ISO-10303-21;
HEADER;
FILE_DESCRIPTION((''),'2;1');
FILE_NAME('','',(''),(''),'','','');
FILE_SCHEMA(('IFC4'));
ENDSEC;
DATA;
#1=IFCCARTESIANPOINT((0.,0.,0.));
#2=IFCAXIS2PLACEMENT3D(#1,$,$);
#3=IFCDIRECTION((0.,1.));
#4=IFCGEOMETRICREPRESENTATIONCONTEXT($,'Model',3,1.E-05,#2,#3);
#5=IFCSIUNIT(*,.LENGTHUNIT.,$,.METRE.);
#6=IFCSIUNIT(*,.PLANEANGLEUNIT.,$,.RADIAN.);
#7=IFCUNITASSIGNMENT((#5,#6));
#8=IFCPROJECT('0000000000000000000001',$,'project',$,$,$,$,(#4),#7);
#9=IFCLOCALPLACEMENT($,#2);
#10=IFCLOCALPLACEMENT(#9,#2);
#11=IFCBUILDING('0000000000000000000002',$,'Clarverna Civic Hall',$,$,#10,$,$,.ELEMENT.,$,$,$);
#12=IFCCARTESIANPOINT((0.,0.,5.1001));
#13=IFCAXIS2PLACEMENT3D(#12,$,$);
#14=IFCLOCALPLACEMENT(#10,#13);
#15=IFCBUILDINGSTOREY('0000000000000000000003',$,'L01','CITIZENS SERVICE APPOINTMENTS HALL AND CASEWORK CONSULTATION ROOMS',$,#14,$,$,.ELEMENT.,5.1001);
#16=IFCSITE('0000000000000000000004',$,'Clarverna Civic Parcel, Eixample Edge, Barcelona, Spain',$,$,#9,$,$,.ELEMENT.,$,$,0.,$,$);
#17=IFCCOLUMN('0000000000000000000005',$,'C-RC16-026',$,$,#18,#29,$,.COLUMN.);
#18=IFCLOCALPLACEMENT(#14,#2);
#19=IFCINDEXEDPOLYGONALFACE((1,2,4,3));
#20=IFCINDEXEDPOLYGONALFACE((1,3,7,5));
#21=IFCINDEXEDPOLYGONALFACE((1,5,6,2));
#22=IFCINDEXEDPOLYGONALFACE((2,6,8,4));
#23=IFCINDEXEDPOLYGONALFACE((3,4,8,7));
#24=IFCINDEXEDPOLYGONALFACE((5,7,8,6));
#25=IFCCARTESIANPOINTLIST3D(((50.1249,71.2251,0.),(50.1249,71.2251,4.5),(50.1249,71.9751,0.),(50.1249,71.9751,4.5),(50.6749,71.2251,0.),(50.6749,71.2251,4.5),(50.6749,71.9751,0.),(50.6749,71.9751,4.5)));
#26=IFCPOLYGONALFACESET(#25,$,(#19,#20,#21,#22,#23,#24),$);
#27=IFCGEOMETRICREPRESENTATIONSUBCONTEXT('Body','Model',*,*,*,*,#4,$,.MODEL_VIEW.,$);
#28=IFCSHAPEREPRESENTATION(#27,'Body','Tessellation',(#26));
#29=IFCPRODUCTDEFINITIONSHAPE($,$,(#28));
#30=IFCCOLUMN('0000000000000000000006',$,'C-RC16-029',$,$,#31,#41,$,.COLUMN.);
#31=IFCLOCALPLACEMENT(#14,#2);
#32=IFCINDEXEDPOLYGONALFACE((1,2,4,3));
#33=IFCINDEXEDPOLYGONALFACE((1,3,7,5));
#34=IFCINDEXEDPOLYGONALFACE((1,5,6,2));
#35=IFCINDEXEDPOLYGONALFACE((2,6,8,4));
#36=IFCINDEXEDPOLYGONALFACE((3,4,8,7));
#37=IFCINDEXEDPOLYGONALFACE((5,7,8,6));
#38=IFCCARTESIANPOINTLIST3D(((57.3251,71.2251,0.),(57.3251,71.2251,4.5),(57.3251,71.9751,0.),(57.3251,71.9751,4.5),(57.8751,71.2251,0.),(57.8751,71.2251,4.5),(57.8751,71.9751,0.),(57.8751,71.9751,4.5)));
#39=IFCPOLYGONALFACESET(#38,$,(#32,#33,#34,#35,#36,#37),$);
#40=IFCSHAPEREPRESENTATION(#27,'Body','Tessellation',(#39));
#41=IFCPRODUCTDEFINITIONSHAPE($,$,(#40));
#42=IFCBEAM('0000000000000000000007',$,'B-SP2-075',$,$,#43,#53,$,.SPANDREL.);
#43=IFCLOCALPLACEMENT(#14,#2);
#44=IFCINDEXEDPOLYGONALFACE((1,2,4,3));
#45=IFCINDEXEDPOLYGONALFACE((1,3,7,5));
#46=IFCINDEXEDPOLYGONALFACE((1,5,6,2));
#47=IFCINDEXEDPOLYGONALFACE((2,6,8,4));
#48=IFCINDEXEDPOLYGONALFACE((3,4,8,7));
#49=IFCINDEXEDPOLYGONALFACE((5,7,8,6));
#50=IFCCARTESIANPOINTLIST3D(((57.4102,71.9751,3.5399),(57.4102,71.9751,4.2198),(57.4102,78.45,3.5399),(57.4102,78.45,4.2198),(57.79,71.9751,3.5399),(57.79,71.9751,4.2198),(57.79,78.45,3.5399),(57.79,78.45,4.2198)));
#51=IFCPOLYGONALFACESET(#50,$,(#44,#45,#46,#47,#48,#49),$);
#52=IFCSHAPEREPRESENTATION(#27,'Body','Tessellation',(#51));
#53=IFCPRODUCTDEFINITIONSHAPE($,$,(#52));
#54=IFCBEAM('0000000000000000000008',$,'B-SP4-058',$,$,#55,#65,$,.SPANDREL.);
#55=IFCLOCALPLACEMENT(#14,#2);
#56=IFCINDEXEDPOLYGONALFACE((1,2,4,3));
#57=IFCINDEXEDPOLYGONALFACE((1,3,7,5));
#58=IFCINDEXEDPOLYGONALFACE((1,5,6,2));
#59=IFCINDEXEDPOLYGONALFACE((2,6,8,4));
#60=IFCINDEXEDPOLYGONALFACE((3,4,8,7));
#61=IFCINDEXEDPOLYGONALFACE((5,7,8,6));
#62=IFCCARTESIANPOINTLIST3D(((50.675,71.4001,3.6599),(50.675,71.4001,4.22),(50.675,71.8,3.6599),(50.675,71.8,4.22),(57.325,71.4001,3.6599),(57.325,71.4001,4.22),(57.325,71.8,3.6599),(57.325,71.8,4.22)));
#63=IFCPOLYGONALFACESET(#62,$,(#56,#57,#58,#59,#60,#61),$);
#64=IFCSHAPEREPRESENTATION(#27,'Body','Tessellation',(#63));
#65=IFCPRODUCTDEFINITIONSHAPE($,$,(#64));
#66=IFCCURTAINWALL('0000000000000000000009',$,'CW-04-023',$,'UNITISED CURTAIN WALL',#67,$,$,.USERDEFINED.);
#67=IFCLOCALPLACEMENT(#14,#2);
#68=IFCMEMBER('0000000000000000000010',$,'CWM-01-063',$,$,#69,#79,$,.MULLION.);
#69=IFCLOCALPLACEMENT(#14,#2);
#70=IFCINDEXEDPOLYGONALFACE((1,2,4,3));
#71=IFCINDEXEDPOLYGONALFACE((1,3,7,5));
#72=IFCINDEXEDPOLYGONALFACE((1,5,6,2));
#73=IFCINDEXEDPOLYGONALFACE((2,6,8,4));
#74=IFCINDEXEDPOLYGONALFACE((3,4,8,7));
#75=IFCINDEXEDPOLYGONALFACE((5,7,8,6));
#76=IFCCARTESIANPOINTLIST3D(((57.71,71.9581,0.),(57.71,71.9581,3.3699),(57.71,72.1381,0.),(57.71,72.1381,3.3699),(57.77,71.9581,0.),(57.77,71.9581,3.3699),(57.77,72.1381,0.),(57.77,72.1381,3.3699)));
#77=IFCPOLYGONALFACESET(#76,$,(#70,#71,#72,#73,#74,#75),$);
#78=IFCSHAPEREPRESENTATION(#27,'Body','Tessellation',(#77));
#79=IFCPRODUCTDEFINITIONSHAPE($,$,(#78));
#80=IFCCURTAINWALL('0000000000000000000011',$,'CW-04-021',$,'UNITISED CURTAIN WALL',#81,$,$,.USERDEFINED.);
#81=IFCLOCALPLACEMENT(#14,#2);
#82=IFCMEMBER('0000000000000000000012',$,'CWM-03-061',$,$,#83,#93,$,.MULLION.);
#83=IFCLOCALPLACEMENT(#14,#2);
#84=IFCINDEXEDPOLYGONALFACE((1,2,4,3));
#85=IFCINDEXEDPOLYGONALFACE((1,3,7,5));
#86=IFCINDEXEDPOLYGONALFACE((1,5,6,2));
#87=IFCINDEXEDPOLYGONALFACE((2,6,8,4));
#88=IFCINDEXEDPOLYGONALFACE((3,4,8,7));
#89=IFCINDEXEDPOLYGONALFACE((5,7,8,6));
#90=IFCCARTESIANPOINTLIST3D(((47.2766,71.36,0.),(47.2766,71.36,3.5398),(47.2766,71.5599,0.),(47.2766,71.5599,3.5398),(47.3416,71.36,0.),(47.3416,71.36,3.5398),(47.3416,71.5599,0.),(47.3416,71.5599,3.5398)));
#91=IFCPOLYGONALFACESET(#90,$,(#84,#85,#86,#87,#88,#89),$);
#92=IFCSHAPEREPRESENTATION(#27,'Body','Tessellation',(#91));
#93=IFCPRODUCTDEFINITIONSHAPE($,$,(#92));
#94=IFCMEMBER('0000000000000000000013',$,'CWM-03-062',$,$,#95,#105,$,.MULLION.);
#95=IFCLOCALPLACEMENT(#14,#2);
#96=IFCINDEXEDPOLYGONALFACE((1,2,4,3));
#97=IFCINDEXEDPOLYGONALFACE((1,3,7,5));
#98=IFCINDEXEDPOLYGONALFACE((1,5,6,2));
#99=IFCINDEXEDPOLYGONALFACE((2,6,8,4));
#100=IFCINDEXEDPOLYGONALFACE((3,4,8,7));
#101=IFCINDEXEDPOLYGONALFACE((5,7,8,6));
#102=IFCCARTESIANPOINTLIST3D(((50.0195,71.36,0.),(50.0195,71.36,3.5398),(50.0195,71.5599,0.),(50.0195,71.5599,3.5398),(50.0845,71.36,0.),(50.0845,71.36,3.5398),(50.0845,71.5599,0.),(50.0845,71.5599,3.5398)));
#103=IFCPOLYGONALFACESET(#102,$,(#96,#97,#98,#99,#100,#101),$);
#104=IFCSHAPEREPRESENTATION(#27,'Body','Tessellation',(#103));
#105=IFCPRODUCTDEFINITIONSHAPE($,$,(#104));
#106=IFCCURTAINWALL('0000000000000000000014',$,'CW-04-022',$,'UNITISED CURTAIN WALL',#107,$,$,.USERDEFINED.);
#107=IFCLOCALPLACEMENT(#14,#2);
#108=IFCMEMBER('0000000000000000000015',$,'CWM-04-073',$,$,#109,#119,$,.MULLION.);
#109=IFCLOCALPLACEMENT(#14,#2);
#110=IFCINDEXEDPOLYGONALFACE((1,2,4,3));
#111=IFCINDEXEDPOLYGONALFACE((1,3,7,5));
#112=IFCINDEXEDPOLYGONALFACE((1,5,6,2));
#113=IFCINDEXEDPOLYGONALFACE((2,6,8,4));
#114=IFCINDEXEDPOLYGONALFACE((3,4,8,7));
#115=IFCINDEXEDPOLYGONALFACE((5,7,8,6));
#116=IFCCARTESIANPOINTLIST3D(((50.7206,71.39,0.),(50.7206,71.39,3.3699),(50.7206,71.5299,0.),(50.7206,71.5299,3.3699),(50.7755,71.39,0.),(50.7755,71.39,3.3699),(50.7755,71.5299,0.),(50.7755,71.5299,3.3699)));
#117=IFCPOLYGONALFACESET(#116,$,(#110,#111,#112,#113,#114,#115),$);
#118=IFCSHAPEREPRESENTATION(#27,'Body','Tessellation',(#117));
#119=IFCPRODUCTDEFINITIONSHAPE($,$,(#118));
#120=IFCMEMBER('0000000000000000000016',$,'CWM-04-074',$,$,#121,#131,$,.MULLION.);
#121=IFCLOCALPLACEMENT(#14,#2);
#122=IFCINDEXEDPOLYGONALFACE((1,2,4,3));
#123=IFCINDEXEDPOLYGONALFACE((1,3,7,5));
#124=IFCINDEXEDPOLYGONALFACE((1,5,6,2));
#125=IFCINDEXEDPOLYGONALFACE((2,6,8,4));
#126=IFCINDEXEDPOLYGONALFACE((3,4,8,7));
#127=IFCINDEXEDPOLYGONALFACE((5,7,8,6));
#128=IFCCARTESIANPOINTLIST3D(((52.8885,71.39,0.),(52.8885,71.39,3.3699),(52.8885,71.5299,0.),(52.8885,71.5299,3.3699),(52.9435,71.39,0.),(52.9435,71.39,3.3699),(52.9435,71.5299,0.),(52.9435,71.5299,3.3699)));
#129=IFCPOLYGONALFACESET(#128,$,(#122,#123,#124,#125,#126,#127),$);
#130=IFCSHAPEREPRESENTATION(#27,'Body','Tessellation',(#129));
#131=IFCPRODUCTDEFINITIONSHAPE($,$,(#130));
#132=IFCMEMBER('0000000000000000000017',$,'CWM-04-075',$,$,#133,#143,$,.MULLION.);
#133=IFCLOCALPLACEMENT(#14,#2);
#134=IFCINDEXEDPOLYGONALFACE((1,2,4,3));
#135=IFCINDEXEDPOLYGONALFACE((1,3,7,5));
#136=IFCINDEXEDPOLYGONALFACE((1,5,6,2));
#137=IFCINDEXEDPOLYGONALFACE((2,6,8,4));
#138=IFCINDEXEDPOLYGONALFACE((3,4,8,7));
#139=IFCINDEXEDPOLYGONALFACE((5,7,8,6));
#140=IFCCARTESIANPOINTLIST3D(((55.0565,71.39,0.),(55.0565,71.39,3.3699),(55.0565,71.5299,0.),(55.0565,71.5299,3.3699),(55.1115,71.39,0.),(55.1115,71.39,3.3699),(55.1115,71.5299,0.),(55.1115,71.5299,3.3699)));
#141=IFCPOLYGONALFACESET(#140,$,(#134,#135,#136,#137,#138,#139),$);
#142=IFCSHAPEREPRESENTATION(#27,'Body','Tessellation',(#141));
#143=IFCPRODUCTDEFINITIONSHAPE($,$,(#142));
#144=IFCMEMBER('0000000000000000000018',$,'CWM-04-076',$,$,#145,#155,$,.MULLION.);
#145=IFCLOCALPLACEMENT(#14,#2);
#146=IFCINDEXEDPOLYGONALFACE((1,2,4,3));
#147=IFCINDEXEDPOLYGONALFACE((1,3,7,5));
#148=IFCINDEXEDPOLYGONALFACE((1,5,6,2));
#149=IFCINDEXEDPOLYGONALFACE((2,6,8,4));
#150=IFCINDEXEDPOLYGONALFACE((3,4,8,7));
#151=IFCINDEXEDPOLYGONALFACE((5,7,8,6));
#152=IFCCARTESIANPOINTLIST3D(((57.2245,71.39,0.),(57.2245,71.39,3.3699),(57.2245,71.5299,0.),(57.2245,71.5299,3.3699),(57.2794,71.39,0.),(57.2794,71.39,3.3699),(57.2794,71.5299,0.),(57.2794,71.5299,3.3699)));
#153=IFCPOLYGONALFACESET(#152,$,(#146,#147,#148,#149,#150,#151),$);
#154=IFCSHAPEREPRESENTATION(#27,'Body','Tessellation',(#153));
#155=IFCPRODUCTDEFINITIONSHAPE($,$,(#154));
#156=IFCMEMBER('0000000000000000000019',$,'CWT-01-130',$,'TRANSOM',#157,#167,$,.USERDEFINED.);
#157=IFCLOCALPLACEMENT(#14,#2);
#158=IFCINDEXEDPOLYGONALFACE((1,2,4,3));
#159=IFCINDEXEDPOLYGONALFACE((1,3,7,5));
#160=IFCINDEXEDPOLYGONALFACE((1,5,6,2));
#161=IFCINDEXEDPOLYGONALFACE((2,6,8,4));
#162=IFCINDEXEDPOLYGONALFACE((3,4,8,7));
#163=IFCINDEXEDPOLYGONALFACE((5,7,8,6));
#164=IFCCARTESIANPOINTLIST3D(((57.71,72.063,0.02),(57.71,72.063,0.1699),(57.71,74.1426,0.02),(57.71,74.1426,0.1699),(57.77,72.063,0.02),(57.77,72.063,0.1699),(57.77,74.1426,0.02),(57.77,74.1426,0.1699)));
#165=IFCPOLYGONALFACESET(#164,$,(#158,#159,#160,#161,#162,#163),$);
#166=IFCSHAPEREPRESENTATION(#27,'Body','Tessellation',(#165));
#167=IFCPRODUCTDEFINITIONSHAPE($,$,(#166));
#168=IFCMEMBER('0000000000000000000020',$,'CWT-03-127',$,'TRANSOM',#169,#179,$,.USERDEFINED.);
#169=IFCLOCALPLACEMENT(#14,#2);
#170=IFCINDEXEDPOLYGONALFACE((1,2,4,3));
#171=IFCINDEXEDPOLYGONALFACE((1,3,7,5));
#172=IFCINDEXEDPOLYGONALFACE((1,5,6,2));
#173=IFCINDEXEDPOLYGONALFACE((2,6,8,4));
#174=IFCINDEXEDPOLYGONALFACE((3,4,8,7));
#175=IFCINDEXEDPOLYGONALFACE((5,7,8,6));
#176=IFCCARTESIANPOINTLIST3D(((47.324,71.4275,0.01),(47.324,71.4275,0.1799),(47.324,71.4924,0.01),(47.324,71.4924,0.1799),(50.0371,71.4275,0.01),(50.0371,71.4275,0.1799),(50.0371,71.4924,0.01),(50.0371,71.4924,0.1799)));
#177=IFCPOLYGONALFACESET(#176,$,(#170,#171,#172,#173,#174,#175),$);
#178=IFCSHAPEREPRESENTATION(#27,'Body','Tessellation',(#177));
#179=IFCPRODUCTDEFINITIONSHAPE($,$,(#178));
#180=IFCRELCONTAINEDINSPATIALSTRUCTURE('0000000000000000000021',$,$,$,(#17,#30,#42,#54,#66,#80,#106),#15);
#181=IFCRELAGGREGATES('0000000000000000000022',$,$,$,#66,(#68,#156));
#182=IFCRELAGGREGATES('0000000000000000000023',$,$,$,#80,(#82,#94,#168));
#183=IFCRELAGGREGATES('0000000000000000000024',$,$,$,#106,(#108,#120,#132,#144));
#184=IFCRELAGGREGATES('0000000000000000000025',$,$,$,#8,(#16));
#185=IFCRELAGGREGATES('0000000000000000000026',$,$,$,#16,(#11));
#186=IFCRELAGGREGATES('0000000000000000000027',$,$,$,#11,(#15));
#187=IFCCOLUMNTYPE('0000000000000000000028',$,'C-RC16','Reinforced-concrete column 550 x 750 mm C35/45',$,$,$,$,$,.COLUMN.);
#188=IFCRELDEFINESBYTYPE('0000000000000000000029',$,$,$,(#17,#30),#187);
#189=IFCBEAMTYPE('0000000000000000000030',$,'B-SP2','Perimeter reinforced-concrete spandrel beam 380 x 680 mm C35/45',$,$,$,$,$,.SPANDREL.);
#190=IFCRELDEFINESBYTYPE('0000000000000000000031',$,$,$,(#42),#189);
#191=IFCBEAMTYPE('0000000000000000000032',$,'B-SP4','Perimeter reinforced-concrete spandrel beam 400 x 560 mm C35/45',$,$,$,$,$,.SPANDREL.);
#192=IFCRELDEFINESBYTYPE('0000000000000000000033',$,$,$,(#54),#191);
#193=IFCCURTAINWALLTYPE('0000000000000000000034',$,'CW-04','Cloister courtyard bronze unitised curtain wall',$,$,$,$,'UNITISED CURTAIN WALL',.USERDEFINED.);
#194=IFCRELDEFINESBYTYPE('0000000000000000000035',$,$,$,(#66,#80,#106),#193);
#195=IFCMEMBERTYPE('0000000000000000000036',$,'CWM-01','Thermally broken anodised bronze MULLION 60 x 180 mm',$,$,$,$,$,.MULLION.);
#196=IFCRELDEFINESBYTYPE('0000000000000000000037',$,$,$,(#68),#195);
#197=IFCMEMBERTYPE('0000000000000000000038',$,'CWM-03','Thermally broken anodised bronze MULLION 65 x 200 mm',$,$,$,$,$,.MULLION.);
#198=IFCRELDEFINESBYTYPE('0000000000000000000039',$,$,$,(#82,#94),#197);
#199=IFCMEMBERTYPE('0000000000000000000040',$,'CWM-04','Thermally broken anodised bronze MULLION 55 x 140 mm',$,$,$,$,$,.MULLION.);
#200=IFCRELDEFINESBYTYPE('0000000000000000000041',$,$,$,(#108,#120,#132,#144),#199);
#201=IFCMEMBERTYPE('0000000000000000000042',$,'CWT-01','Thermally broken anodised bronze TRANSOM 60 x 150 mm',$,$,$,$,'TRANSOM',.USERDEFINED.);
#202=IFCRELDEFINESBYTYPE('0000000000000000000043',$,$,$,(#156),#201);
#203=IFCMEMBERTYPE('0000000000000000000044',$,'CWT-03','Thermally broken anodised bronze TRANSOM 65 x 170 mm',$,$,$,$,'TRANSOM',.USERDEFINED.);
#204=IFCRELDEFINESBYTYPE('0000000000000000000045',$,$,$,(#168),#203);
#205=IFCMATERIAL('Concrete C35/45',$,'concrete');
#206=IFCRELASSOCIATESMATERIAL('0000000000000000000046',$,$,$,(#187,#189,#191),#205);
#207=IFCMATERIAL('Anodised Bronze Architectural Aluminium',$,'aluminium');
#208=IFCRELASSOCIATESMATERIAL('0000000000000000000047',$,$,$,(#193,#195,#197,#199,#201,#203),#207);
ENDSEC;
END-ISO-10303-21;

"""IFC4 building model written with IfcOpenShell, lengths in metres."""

from ifc_helpers import new_model, si_unit, direction, frame, origin, origin_2d, place, context, subcontext, project, spatial, rectangle, extrude, material, material_profile, profile_set, type_object, element, aggregate, save


model = new_model("IFC4")

# Units and contexts
model_context = context("Model", 3, precision=1e-05, world=origin(), true_north=direction((0.0, 1.0)))
body_context = subcontext(model_context, "Body", "Model", "MODEL_VIEW")
ifc_project = project(units=[si_unit("LENGTHUNIT", "METRE"), si_unit("PLANEANGLEUNIT", "RADIAN")], contexts=[model_context])

# Site, building, storey
site_placement = place(None, origin())
site = spatial("IfcSite", under=ifc_project, at=site_placement, Name="Clarverna Civic Parcel, Eixample Edge, Barcelona, Spain", CompositionType="ELEMENT", RefElevation=0.0)
building_placement = place(site_placement, origin())
building = spatial("IfcBuilding", under=site, at=building_placement, Name="Clarverna Civic Hall", CompositionType="ELEMENT")
storey_placement = place(building_placement, frame((0.0, 0.0, 5.1001)))
storey = spatial("IfcBuildingStorey", under=building, at=storey_placement, Name="L01", Description="CITIZENS SERVICE APPOINTMENTS HALL AND CASEWORK CONSULTATION ROOMS", CompositionType="ELEMENT", Elevation=5.1001)

# Columns
ifc_material_1 = material(Name="Concrete C35/45", Category="concrete")
ifc_material_profile_1 = material_profile(ifc_material_1, rectangle(XDim=0.55, YDim=0.75, at=origin_2d()), Name="RC 550x750")
ifc_profile_set_1 = profile_set([ifc_material_profile_1], Name="Concrete C35/45")
column_type = type_object("IfcColumnType", Name="C-RC16", Description="Reinforced-concrete column 550 x 750 mm C35/45", PredefinedType="COLUMN", material=ifc_profile_set_1)
for number, where, z_axis, x_axis, name in (
    (1, (50.3999, 71.6001, 0.0), (0.0, 0.0, 1.0), (1.0, 0.0, 0.0), "C-RC16-026"),
    (2, (57.6001, 71.6001, 0.0), (0.0, 0.0, 1.0), (1.0, 0.0, 0.0), "C-RC16-029"),
):
    element("IfcColumn", number, at=place(storey_placement, frame(where, z_axis=z_axis, x_axis=x_axis)), inside=storey, type_object=column_type, Name=name, PredefinedType="COLUMN", context=body_context, shape_type="SweptSolid", body=[
        extrude(rectangle(XDim=0.55, YDim=0.75, at=origin_2d()), origin(), (0.0, 0.0, 1.0), 4.5),
    ])

# Beams
ifc_material_profile_2 = material_profile(ifc_material_1, rectangle(XDim=0.3799, YDim=0.6799, at=origin_2d()), Name="RC 380x680")
ifc_profile_set_2 = profile_set([ifc_material_profile_2], Name="Concrete C35/45")
beam_type_1 = type_object("IfcBeamType", Name="B-SP2", Description="Perimeter reinforced-concrete spandrel beam 380 x 680 mm C35/45", PredefinedType="SPANDREL", material=ifc_profile_set_2)
beam_1_placement = place(storey_placement, frame((57.6001, 71.9751, 3.8799), z_axis=(0.0, 1.0, 0.0), x_axis=(-1.0, 0.0, 0.0)))
element("IfcBeam", 3, at=beam_1_placement, inside=storey, type_object=beam_type_1, Name="B-SP2-075", PredefinedType="SPANDREL", context=body_context, shape_type="SweptSolid", body=[
    extrude(rectangle(XDim=0.3799, YDim=0.6799, at=origin_2d()), origin(), (0.0, 0.0, 1.0), 6.4749),
])
ifc_material_profile_3 = material_profile(ifc_material_1, rectangle(XDim=0.3999, YDim=0.5601, at=origin_2d()), Name="RC 400x560")
ifc_profile_set_3 = profile_set([ifc_material_profile_3], Name="Concrete C35/45")
beam_type_2 = type_object("IfcBeamType", Name="B-SP4", Description="Perimeter reinforced-concrete spandrel beam 400 x 560 mm C35/45", PredefinedType="SPANDREL", material=ifc_profile_set_3)
beam_2_placement = place(storey_placement, frame((50.675, 71.6001, 3.9399), z_axis=(1.0, 0.0, 0.0), x_axis=(0.0, 1.0, 0.0)))
element("IfcBeam", 4, at=beam_2_placement, inside=storey, type_object=beam_type_2, Name="B-SP4-058", PredefinedType="SPANDREL", context=body_context, shape_type="SweptSolid", body=[
    extrude(rectangle(XDim=0.3999, YDim=0.5601, at=origin_2d()), origin(), (0.0, 0.0, 1.0), 6.6499),
])

# Curtain wall, member
ifc_material_2 = material(Name="Anodised Bronze Architectural Aluminium", Category="aluminium")
curtain_wall_type = type_object("IfcCurtainWallType", Name="CW-04", Description="Cloister courtyard bronze unitised curtain wall", ElementType="UNITISED CURTAIN WALL", PredefinedType="USERDEFINED", material=ifc_material_2)
curtain_wall_1_placement = place(storey_placement, origin())
curtain_wall_1 = element("IfcCurtainWall", 5, at=curtain_wall_1_placement, inside=storey, type_object=curtain_wall_type, Name="CW-04-023", ObjectType="UNITISED CURTAIN WALL", PredefinedType="USERDEFINED")
ifc_material_profile_4 = material_profile(ifc_material_2, rectangle(XDim=0.0601, YDim=0.1799, at=origin_2d()), Name="BRONZE 60x180")
ifc_profile_set_4 = profile_set([ifc_material_profile_4], Name="Anodised Bronze Architectural Aluminium")
member_type_1 = type_object("IfcMemberType", Name="CWM-01", Description="Thermally broken anodised bronze MULLION 60 x 180 mm", PredefinedType="MULLION", material=ifc_profile_set_4)
member_1_placement = place(storey_placement, frame((57.74, 72.0481, 0.0), z_axis=(0.0, 0.0, 1.0), x_axis=(1.0, 0.0, 0.0)))
member_1 = element("IfcMember", 6, at=member_1_placement, type_object=member_type_1, Name="CWM-01-063", PredefinedType="MULLION", context=body_context, shape_type="SweptSolid", body=[
    extrude(rectangle(XDim=0.0601, YDim=0.1799, at=origin_2d()), origin(), (0.0, 0.0, 1.0), 3.3699),
])

# Curtain walls, members
curtain_wall_2_placement = place(storey_placement, origin())
curtain_wall_2 = element("IfcCurtainWall", 7, at=curtain_wall_2_placement, inside=storey, type_object=curtain_wall_type, Name="CW-04-021", ObjectType="UNITISED CURTAIN WALL", PredefinedType="USERDEFINED")
ifc_material_profile_5 = material_profile(ifc_material_2, rectangle(XDim=0.0649, YDim=0.2, at=origin_2d()), Name="BRONZE 65x200")
ifc_profile_set_5 = profile_set([ifc_material_profile_5], Name="Anodised Bronze Architectural Aluminium")
member_type_2 = type_object("IfcMemberType", Name="CWM-03", Description="Thermally broken anodised bronze MULLION 65 x 200 mm", PredefinedType="MULLION", material=ifc_profile_set_5)
member_2_placement = place(storey_placement, frame((47.3091, 71.46, 0.0), z_axis=(0.0, 0.0, 1.0), x_axis=(1.0, 0.0, 0.0)))
member_2 = element("IfcMember", 8, at=member_2_placement, type_object=member_type_2, Name="CWM-03-061", PredefinedType="MULLION", context=body_context, shape_type="SweptSolid", body=[
    extrude(rectangle(XDim=0.0649, YDim=0.2, at=origin_2d()), origin(), (0.0, 0.0, 1.0), 3.5398),
])
member_3_placement = place(storey_placement, frame((50.052, 71.46, 0.0), z_axis=(0.0, 0.0, 1.0), x_axis=(1.0, 0.0, 0.0)))
member_3 = element("IfcMember", 9, at=member_3_placement, type_object=member_type_2, Name="CWM-03-062", PredefinedType="MULLION", context=body_context, shape_type="SweptSolid", body=[
    extrude(rectangle(XDim=0.0649, YDim=0.2, at=origin_2d()), origin(), (0.0, 0.0, 1.0), 3.5398),
])
curtain_wall_3_placement = place(storey_placement, origin())
curtain_wall_3 = element("IfcCurtainWall", 10, at=curtain_wall_3_placement, inside=storey, type_object=curtain_wall_type, Name="CW-04-022", ObjectType="UNITISED CURTAIN WALL", PredefinedType="USERDEFINED")
ifc_material_profile_6 = material_profile(ifc_material_2, rectangle(XDim=0.0549, YDim=0.1399, at=origin_2d()), Name="BRONZE 55x140")
ifc_profile_set_6 = profile_set([ifc_material_profile_6], Name="Anodised Bronze Architectural Aluminium")
member_type_3 = type_object("IfcMemberType", Name="CWM-04", Description="Thermally broken anodised bronze MULLION 55 x 140 mm", PredefinedType="MULLION", material=ifc_profile_set_6)
member_4_placement = place(storey_placement, frame((50.748, 71.46, 0.0), z_axis=(0.0, 0.0, 1.0), x_axis=(1.0, 0.0, 0.0)))
member_4 = element("IfcMember", 11, at=member_4_placement, type_object=member_type_3, Name="CWM-04-073", PredefinedType="MULLION", context=body_context, shape_type="SweptSolid", body=[
    extrude(rectangle(XDim=0.0549, YDim=0.1399, at=origin_2d()), origin(), (0.0, 0.0, 1.0), 3.3699),
])
member_5_placement = place(storey_placement, frame((52.916, 71.46, 0.0), z_axis=(0.0, 0.0, 1.0), x_axis=(1.0, 0.0, 0.0)))
member_5 = element("IfcMember", 12, at=member_5_placement, type_object=member_type_3, Name="CWM-04-074", PredefinedType="MULLION", context=body_context, shape_type="SweptSolid", body=[
    extrude(rectangle(XDim=0.0549, YDim=0.1399, at=origin_2d()), origin(), (0.0, 0.0, 1.0), 3.3699),
])
member_6_placement = place(storey_placement, frame((55.084, 71.46, 0.0), z_axis=(0.0, 0.0, 1.0), x_axis=(1.0, 0.0, 0.0)))
member_6 = element("IfcMember", 13, at=member_6_placement, type_object=member_type_3, Name="CWM-04-075", PredefinedType="MULLION", context=body_context, shape_type="SweptSolid", body=[
    extrude(rectangle(XDim=0.0549, YDim=0.1399, at=origin_2d()), origin(), (0.0, 0.0, 1.0), 3.3699),
])
member_7_placement = place(storey_placement, frame((57.252, 71.46, 0.0), z_axis=(0.0, 0.0, 1.0), x_axis=(1.0, 0.0, 0.0)))
member_7 = element("IfcMember", 14, at=member_7_placement, type_object=member_type_3, Name="CWM-04-076", PredefinedType="MULLION", context=body_context, shape_type="SweptSolid", body=[
    extrude(rectangle(XDim=0.0549, YDim=0.1399, at=origin_2d()), origin(), (0.0, 0.0, 1.0), 3.3699),
])

# Members
ifc_material_profile_7 = material_profile(ifc_material_2, rectangle(XDim=0.0601, YDim=0.1499, at=origin_2d()), Name="BRONZE 60x150")
ifc_profile_set_7 = profile_set([ifc_material_profile_7], Name="Anodised Bronze Architectural Aluminium")
member_type_4 = type_object("IfcMemberType", Name="CWT-01", Description="Thermally broken anodised bronze TRANSOM 60 x 150 mm", ElementType="TRANSOM", PredefinedType="USERDEFINED", material=ifc_profile_set_7)
member_8_placement = place(storey_placement, frame((57.74, 72.063, 0.095), z_axis=(0.0, 1.0, 0.0), x_axis=(-1.0, 0.0, 0.0)))
member_8 = element("IfcMember", 15, at=member_8_placement, type_object=member_type_4, Name="CWT-01-130", ObjectType="TRANSOM", PredefinedType="USERDEFINED", context=body_context, shape_type="SweptSolid", body=[
    extrude(rectangle(XDim=0.0601, YDim=0.1499, at=origin_2d()), origin(), (0.0, 0.0, 1.0), 2.0796),
])
aggregate(curtain_wall_1, [member_1, member_8])
ifc_material_profile_8 = material_profile(ifc_material_2, rectangle(XDim=0.0649, YDim=0.1699, at=origin_2d()), Name="BRONZE 65x170")
ifc_profile_set_8 = profile_set([ifc_material_profile_8], Name="Anodised Bronze Architectural Aluminium")
member_type_5 = type_object("IfcMemberType", Name="CWT-03", Description="Thermally broken anodised bronze TRANSOM 65 x 170 mm", ElementType="TRANSOM", PredefinedType="USERDEFINED", material=ifc_profile_set_8)
member_9_placement = place(storey_placement, frame((47.324, 71.46, 0.095), z_axis=(1.0, 0.0, 0.0), x_axis=(0.0, 1.0, 0.0)))
member_9 = element("IfcMember", 16, at=member_9_placement, type_object=member_type_5, Name="CWT-03-127", ObjectType="TRANSOM", PredefinedType="USERDEFINED", context=body_context, shape_type="SweptSolid", body=[
    extrude(rectangle(XDim=0.0649, YDim=0.1699, at=origin_2d()), origin(), (0.0, 0.0, 1.0), 2.7131),
])

aggregate(curtain_wall_2, [member_2, member_3, member_9])
aggregate(curtain_wall_3, [member_4, member_5, member_6, member_7])

save(model, "model.ifc")
